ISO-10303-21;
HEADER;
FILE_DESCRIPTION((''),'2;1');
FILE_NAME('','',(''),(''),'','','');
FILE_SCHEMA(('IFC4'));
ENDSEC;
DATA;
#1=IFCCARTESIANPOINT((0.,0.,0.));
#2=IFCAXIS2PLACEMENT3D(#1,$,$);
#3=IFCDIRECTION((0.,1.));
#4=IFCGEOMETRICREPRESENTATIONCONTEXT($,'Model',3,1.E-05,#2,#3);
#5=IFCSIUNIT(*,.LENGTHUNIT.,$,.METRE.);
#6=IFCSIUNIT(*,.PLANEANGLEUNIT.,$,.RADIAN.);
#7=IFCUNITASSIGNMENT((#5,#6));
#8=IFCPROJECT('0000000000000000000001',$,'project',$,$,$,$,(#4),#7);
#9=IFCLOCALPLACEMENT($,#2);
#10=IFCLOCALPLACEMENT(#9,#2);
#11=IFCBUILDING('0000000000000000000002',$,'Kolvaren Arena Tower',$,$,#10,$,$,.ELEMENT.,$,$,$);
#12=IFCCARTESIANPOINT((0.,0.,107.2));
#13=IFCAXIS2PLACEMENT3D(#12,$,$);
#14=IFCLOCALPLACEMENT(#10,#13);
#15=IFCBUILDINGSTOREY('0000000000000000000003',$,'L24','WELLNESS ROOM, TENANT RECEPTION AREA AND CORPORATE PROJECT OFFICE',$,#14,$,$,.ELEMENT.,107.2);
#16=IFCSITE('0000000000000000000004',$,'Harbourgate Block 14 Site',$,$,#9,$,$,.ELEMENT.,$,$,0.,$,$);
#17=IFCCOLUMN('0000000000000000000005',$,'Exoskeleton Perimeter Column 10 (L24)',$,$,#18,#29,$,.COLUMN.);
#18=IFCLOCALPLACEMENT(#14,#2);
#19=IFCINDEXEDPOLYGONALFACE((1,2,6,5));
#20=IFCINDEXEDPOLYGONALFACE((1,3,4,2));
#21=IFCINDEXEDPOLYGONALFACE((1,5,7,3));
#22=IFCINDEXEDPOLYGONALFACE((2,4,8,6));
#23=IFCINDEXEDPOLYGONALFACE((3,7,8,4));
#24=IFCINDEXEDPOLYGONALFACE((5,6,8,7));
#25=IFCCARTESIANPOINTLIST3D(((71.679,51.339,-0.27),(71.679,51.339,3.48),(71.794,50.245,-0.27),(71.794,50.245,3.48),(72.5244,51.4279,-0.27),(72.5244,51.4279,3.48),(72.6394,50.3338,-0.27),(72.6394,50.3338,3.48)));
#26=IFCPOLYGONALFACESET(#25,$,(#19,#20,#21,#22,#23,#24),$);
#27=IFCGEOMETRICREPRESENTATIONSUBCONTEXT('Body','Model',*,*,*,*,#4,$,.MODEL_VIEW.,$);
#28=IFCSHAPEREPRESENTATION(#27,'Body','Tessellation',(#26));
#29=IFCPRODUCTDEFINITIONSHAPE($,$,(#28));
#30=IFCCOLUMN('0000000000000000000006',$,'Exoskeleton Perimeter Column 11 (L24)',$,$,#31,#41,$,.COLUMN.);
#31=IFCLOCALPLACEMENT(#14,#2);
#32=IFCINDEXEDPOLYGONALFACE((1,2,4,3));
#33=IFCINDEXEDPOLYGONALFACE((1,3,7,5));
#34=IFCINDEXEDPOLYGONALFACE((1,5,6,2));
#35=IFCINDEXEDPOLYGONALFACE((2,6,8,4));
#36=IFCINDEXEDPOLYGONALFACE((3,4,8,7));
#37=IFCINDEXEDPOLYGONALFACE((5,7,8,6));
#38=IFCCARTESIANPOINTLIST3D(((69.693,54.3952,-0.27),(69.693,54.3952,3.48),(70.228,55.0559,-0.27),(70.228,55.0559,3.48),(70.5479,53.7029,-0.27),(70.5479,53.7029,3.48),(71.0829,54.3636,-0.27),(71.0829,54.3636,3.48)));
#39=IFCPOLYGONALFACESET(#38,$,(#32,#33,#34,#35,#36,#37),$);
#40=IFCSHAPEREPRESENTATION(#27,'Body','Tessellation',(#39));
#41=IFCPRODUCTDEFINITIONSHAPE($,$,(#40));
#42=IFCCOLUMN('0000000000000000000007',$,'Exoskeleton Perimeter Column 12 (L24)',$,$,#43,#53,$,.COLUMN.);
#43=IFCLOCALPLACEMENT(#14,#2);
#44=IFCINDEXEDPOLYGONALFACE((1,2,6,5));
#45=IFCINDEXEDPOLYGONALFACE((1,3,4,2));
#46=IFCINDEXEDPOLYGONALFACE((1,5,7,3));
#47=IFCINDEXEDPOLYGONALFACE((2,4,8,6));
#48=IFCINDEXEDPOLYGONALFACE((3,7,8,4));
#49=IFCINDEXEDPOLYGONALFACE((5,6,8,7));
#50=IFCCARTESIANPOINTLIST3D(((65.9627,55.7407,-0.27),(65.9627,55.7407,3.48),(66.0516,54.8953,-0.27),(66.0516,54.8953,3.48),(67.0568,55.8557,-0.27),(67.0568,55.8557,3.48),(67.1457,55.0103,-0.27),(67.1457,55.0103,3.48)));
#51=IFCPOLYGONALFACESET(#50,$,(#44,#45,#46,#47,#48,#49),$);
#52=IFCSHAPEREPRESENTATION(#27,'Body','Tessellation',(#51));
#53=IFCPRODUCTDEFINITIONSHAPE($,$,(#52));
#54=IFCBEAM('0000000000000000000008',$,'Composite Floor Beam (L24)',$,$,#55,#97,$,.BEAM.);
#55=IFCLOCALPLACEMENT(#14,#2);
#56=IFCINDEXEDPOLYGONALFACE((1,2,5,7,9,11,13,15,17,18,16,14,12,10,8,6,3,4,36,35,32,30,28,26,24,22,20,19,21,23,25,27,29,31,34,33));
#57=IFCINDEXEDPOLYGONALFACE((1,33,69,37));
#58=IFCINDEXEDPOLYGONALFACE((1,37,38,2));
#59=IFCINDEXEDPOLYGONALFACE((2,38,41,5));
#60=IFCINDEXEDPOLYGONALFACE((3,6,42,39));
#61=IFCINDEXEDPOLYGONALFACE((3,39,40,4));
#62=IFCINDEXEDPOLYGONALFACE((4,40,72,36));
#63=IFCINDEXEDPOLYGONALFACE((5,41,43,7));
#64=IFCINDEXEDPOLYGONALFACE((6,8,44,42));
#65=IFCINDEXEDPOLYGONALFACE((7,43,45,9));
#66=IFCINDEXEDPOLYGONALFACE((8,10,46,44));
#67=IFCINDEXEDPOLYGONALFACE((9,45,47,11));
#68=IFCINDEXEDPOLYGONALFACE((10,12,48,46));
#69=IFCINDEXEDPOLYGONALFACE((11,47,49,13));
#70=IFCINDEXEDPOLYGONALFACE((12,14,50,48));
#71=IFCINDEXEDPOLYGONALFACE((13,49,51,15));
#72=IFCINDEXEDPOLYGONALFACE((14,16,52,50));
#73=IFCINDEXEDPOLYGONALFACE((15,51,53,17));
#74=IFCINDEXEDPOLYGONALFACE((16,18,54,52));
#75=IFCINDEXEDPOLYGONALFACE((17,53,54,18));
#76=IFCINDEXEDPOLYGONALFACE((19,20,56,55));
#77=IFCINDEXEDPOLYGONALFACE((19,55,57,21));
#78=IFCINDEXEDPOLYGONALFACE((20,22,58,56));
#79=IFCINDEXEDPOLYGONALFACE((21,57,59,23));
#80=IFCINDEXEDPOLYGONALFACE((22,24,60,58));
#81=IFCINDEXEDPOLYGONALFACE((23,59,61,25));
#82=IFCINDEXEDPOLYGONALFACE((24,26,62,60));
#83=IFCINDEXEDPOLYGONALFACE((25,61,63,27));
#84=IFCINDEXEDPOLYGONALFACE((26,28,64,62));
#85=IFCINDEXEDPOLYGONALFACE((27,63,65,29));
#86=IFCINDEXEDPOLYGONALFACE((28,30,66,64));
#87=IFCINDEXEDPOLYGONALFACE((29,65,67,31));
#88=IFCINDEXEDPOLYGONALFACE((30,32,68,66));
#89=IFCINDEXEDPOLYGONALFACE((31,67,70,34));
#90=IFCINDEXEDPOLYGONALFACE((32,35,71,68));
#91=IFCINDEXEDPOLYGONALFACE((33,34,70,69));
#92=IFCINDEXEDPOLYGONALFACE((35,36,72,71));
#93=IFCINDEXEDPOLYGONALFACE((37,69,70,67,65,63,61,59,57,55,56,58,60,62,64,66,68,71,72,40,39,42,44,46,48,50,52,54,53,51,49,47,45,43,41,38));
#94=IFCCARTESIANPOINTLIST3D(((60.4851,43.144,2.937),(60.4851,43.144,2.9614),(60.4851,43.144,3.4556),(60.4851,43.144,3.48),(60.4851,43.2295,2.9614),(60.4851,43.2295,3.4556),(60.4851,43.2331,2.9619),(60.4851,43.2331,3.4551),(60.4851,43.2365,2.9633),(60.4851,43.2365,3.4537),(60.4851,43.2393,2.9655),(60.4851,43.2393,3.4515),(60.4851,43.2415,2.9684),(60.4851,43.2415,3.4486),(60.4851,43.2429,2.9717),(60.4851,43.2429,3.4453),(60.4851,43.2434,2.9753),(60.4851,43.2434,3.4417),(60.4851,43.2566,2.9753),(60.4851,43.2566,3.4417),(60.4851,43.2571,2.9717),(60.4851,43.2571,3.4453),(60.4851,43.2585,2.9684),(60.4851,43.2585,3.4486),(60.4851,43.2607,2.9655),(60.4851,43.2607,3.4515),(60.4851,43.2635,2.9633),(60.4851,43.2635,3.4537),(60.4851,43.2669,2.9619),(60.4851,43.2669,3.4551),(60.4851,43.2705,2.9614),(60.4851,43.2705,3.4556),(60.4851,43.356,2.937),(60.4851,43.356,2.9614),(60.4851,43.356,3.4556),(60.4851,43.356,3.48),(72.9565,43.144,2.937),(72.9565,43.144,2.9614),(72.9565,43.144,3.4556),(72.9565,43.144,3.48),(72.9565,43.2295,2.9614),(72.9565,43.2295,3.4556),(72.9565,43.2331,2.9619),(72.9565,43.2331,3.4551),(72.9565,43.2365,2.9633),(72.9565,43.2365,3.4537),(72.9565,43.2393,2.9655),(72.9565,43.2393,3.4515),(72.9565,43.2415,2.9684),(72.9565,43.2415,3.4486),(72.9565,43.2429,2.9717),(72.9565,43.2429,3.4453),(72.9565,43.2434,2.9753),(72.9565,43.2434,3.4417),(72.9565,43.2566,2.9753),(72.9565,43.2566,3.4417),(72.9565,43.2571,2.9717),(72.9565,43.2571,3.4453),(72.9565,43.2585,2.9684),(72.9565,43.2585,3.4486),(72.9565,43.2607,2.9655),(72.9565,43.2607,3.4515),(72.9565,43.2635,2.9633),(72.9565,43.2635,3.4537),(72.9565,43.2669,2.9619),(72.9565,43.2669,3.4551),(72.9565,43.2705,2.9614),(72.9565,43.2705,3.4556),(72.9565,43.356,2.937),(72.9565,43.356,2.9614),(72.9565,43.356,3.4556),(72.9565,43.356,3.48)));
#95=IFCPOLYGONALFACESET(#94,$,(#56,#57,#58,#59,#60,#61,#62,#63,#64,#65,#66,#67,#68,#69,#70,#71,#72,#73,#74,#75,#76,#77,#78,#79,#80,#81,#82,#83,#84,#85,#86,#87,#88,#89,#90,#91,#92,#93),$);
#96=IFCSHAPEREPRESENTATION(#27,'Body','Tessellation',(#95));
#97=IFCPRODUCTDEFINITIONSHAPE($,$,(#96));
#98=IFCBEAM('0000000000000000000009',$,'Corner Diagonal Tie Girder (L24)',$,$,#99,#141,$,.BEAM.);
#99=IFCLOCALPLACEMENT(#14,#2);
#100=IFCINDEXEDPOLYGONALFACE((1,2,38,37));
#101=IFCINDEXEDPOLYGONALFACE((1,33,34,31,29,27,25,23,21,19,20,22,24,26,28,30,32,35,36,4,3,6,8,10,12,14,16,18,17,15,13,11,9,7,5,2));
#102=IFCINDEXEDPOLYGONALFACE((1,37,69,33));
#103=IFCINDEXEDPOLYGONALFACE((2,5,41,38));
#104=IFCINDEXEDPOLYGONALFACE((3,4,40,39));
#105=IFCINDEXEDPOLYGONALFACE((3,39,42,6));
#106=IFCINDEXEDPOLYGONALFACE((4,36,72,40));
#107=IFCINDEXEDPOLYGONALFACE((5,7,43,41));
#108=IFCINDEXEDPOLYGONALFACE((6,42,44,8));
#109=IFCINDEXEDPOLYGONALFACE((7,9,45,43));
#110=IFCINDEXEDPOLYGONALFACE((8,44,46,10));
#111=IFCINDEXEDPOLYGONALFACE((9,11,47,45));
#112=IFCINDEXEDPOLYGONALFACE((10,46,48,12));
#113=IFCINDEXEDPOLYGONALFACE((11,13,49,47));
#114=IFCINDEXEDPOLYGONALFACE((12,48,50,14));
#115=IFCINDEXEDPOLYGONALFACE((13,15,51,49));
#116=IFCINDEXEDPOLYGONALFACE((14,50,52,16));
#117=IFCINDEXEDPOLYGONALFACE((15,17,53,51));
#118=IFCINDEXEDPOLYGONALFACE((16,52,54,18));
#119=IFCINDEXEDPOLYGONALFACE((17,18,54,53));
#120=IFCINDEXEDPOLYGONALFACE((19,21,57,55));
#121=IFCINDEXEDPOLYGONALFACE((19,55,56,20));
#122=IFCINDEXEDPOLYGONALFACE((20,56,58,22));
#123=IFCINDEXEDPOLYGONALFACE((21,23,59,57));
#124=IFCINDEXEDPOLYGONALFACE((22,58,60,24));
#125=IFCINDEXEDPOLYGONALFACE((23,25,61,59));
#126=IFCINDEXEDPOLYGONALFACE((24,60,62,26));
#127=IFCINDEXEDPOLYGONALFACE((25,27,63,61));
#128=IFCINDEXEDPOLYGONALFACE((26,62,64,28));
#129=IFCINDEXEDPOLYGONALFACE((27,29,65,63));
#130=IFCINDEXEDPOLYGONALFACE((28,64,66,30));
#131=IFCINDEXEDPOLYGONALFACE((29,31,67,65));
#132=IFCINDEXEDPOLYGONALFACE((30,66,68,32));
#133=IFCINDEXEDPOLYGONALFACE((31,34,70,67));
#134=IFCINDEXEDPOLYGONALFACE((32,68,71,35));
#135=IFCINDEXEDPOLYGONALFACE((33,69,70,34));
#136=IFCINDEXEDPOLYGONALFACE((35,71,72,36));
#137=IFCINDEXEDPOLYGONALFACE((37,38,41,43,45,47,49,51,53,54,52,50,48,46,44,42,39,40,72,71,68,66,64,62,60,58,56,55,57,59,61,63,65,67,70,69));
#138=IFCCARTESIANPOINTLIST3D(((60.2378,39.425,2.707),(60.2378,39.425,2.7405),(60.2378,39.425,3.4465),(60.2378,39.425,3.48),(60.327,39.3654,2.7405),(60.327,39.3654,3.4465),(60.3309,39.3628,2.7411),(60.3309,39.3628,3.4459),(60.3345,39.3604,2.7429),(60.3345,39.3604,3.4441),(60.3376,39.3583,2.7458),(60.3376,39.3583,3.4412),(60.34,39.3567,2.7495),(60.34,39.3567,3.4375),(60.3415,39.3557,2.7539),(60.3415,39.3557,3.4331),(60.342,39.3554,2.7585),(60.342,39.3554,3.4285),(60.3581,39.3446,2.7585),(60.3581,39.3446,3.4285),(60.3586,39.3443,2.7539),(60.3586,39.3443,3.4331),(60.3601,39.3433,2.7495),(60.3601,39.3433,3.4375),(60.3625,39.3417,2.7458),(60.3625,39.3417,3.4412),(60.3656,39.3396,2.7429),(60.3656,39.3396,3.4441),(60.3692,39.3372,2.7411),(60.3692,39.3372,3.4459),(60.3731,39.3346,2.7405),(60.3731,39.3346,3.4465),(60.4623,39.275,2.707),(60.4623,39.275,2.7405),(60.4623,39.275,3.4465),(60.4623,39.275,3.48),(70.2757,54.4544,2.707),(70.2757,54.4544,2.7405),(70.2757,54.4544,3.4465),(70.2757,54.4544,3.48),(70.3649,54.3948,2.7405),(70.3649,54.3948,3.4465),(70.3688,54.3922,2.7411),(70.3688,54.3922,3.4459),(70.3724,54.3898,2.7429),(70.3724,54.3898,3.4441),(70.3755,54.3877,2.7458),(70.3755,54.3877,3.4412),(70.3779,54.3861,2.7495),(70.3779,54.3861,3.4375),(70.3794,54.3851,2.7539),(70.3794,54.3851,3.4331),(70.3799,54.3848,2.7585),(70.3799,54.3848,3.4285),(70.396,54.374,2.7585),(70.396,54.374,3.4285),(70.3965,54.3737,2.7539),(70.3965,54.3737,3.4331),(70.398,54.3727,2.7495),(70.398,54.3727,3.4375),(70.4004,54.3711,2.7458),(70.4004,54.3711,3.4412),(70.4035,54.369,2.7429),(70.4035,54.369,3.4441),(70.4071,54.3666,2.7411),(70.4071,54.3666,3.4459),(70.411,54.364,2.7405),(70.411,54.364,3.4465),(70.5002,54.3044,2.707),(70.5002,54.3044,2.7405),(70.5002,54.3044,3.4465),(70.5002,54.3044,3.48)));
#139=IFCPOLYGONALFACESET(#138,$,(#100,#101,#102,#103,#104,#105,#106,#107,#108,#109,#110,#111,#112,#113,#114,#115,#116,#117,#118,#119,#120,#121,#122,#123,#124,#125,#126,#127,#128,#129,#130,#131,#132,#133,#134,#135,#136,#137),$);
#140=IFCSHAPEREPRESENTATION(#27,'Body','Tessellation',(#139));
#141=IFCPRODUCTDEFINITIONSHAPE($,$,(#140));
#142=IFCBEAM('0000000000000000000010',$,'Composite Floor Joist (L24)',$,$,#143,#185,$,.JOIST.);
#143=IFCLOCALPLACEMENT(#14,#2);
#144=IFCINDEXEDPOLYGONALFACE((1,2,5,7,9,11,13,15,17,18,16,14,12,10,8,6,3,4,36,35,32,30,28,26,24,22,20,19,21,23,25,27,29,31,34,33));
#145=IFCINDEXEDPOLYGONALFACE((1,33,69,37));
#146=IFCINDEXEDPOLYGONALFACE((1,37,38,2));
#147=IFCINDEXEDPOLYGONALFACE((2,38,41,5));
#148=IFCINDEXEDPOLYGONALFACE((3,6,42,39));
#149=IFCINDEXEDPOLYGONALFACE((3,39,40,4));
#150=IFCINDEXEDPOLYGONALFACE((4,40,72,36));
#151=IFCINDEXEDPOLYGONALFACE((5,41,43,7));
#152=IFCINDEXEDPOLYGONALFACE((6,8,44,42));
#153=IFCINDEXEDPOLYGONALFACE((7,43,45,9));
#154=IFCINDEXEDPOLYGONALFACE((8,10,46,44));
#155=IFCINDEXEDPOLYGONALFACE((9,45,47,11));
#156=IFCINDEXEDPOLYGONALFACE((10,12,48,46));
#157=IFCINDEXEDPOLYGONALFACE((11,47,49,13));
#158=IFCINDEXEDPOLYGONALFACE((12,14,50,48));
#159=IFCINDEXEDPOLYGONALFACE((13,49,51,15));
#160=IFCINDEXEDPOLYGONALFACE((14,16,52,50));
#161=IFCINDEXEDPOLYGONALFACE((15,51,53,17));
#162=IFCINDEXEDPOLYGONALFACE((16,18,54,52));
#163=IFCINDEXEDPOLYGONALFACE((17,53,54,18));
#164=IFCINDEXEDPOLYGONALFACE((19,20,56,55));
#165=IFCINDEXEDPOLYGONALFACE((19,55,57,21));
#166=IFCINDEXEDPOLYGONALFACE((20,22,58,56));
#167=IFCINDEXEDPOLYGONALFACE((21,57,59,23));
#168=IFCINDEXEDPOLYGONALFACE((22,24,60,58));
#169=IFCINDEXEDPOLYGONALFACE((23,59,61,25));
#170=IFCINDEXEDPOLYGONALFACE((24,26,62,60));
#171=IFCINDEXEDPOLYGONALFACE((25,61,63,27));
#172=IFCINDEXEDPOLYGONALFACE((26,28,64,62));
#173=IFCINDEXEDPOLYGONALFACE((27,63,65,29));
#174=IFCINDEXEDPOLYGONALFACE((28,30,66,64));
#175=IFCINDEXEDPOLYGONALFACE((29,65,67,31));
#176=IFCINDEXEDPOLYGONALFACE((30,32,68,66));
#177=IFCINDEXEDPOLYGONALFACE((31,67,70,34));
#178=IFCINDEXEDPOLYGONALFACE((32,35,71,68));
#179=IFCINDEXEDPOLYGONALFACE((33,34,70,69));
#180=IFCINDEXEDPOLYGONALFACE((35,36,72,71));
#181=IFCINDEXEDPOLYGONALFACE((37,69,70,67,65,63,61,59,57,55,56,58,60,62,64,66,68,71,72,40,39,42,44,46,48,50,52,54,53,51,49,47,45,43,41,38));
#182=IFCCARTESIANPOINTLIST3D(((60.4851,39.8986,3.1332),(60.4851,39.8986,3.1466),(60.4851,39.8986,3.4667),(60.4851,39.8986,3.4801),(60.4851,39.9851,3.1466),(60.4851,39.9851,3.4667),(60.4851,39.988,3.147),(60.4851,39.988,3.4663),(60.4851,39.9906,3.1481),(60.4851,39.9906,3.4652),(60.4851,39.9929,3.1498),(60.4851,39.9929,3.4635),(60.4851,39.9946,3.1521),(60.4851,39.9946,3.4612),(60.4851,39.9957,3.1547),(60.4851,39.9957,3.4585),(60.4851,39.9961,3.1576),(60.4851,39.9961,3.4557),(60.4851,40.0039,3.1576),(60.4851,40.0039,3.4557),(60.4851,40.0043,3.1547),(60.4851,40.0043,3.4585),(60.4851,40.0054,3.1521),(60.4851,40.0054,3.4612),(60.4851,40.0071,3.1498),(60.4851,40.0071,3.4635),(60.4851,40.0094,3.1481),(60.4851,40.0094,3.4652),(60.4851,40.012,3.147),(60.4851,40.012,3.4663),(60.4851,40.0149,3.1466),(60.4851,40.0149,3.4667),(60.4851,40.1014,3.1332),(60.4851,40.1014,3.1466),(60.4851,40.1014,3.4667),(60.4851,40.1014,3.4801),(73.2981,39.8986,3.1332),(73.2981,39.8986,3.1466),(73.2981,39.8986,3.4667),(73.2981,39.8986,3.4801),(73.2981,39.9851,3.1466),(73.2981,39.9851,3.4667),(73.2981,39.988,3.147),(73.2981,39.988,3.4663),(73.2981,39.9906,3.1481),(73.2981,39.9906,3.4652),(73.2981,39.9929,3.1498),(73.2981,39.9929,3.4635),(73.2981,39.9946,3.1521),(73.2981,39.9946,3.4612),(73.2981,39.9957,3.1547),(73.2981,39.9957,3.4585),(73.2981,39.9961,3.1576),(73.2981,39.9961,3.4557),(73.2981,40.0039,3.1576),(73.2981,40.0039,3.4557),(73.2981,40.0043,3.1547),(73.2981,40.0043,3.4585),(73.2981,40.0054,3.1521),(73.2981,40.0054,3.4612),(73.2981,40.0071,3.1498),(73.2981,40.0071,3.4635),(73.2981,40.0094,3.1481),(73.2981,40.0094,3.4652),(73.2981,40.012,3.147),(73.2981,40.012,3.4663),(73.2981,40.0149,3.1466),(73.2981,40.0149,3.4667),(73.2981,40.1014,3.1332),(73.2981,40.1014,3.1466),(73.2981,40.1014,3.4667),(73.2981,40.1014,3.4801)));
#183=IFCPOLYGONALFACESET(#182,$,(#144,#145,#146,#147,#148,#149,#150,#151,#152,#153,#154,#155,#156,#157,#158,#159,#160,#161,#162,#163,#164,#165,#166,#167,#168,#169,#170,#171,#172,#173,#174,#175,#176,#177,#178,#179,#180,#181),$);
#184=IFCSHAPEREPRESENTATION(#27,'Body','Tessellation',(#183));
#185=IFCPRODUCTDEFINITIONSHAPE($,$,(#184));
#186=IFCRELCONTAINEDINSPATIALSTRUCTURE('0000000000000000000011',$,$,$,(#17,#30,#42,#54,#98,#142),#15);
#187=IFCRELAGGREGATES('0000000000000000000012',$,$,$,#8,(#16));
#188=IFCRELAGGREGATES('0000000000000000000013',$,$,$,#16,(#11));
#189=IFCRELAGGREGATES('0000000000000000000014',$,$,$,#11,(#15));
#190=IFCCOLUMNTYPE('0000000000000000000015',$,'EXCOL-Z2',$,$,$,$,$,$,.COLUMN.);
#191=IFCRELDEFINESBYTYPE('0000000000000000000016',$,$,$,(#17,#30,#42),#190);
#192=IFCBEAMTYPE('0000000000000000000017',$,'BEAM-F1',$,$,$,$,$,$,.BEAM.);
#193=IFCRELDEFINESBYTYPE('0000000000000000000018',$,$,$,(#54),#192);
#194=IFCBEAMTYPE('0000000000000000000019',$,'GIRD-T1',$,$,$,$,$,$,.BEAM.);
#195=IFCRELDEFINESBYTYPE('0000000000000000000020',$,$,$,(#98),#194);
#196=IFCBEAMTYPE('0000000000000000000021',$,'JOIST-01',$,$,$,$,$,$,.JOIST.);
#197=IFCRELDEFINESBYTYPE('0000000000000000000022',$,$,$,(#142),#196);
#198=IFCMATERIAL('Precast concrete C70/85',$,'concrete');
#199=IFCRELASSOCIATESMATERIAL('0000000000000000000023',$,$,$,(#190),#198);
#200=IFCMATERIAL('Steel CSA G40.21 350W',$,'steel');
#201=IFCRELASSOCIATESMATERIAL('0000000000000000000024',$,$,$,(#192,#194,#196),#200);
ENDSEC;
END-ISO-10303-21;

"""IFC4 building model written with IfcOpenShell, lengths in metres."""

from ifc_helpers import new_model, si_unit, direction, frame, origin, origin_2d, place, context, subcontext, project, spatial, rectangle, i_section, extrude, material, material_profile, profile_set, type_object, element, save


model = new_model("IFC4")

# Units and contexts
model_context = context("Model", 3, precision=1e-05, world=origin(), true_north=direction((0.0, 1.0)))
body_context = subcontext(model_context, "Body", "Model", "MODEL_VIEW")
ifc_project = project(units=[si_unit("LENGTHUNIT", "METRE"), si_unit("PLANEANGLEUNIT", "RADIAN")], contexts=[model_context])

# Site, building, storey
site_placement = place(None, origin())
site = spatial("IfcSite", under=ifc_project, at=site_placement, Name="Harbourgate Block 14 Site", CompositionType="ELEMENT", RefElevation=0.0)
building_placement = place(site_placement, origin())
building = spatial("IfcBuilding", under=site, at=building_placement, Name="Kolvaren Arena Tower", CompositionType="ELEMENT")
storey_placement = place(building_placement, frame((0.0, 0.0, 107.2)))
storey = spatial("IfcBuildingStorey", under=building, at=storey_placement, Name="L24", Description="WELLNESS ROOM, TENANT RECEPTION AREA AND CORPORATE PROJECT OFFICE", CompositionType="ELEMENT", Elevation=107.2)

# Columns
ifc_material_1 = material(Name="Precast concrete C70/85", Category="concrete")
ifc_material_profile_1 = material_profile(ifc_material_1, rectangle(XDim=1.1001, YDim=0.8501, at=origin_2d()), Name="RC-1100x850")
ifc_profile_set_1 = profile_set([ifc_material_profile_1], Name="Precast concrete C70/85")
column_type = type_object("IfcColumnType", Name="EXCOL-Z2", PredefinedType="COLUMN", material=ifc_profile_set_1)
for number, where, z_axis, x_axis, name in (
    (1, (72.1592, 50.8364, -0.27), (0.0, 0.0, 1.0), (-0.104528, 0.994522, 0.0), "Exoskeleton Perimeter Column 10 (L24)"),
    (2, (70.3879, 54.3794, -0.27), (0.0, 0.0, 1.0), (-0.777146, 0.62932, 0.0), "Exoskeleton Perimeter Column 11 (L24)"),
    (3, (66.5542, 55.3755, -0.27), (0.0, 0.0, 1.0), (0.994522, 0.104528, 0.0), "Exoskeleton Perimeter Column 12 (L24)"),
):
    element("IfcColumn", number, at=place(storey_placement, frame(where, z_axis=z_axis, x_axis=x_axis)), inside=storey, type_object=column_type, Name=name, PredefinedType="COLUMN", context=body_context, shape_type="SweptSolid", body=[
        extrude(rectangle(XDim=1.1001, YDim=0.8501, at=origin_2d()), origin(), (0.0, 0.0, 1.0), 3.75),
    ])

# Beams
ifc_material_2 = material(Name="Steel CSA G40.21 350W", Category="steel")
ifc_material_profile_2 = material_profile(ifc_material_2, i_section(OverallWidth=0.2119, OverallDepth=0.543, WebThickness=0.0132, FlangeThickness=0.0244, FilletRadius=0.0139, at=origin_2d()), Name="W530x150")
ifc_profile_set_2 = profile_set([ifc_material_profile_2], Name="Steel CSA G40.21 350W")
beam_type_1 = type_object("IfcBeamType", Name="BEAM-F1", PredefinedType="BEAM", material=ifc_profile_set_2)
beam_1_placement = place(storey_placement, frame((60.4851, 43.25, 3.2085), z_axis=(1.0, 0.0, 0.0), x_axis=(0.0, 1.0, 0.0)))
element("IfcBeam", 4, at=beam_1_placement, inside=storey, type_object=beam_type_1, Name="Composite Floor Beam (L24)", PredefinedType="BEAM", context=body_context, shape_type="SweptSolid", body=[
    extrude(i_section(OverallWidth=0.2119, OverallDepth=0.543, WebThickness=0.0132, FlangeThickness=0.0244, FilletRadius=0.0139, at=origin_2d()), origin(), (0.0, 0.0, 1.0), 12.4714),
])
ifc_material_profile_3 = material_profile(ifc_material_2, i_section(OverallWidth=0.27, OverallDepth=0.7729, WebThickness=0.0193, FlangeThickness=0.0334, FilletRadius=0.0181, at=origin_2d()), Name="W760x257")
ifc_profile_set_3 = profile_set([ifc_material_profile_3], Name="Steel CSA G40.21 350W")
beam_type_2 = type_object("IfcBeamType", Name="GIRD-T1", PredefinedType="BEAM", material=ifc_profile_set_3)
beam_2_placement = place(storey_placement, frame((70.3879, 54.3794, 3.0935), z_axis=(-0.555401, -0.831582, 0.0), x_axis=(0.831582, -0.555401, 0.0)))
element("IfcBeam", 5, at=beam_2_placement, inside=storey, type_object=beam_type_2, Name="Corner Diagonal Tie Girder (L24)", PredefinedType="BEAM", context=body_context, shape_type="SweptSolid", body=[
    extrude(i_section(OverallWidth=0.27, OverallDepth=0.7729, WebThickness=0.0193, FlangeThickness=0.0334, FilletRadius=0.0181, at=origin_2d()), origin(), (0.0, 0.0, 1.0), 18.0732),
])
ifc_material_profile_4 = material_profile(ifc_material_2, i_section(OverallWidth=0.2029, OverallDepth=0.3469, WebThickness=0.0078, FlangeThickness=0.0134, FilletRadius=0.011, at=origin_2d()), Name="W360x64")
ifc_profile_set_4 = profile_set([ifc_material_profile_4], Name="Steel CSA G40.21 350W")
beam_type_3 = type_object("IfcBeamType", Name="JOIST-01", PredefinedType="JOIST", material=ifc_profile_set_4)
beam_3_placement = place(storey_placement, frame((60.4851, 40.0, 3.3066), z_axis=(1.0, 0.0, 0.0), x_axis=(0.0, 1.0, 0.0)))
element("IfcBeam", 6, at=beam_3_placement, inside=storey, type_object=beam_type_3, Name="Composite Floor Joist (L24)", PredefinedType="JOIST", context=body_context, shape_type="SweptSolid", body=[
    extrude(i_section(OverallWidth=0.2029, OverallDepth=0.3469, WebThickness=0.0078, FlangeThickness=0.0134, FilletRadius=0.011, at=origin_2d()), origin(), (0.0, 0.0, 1.0), 12.813),
])

save(model, "model.ifc")
